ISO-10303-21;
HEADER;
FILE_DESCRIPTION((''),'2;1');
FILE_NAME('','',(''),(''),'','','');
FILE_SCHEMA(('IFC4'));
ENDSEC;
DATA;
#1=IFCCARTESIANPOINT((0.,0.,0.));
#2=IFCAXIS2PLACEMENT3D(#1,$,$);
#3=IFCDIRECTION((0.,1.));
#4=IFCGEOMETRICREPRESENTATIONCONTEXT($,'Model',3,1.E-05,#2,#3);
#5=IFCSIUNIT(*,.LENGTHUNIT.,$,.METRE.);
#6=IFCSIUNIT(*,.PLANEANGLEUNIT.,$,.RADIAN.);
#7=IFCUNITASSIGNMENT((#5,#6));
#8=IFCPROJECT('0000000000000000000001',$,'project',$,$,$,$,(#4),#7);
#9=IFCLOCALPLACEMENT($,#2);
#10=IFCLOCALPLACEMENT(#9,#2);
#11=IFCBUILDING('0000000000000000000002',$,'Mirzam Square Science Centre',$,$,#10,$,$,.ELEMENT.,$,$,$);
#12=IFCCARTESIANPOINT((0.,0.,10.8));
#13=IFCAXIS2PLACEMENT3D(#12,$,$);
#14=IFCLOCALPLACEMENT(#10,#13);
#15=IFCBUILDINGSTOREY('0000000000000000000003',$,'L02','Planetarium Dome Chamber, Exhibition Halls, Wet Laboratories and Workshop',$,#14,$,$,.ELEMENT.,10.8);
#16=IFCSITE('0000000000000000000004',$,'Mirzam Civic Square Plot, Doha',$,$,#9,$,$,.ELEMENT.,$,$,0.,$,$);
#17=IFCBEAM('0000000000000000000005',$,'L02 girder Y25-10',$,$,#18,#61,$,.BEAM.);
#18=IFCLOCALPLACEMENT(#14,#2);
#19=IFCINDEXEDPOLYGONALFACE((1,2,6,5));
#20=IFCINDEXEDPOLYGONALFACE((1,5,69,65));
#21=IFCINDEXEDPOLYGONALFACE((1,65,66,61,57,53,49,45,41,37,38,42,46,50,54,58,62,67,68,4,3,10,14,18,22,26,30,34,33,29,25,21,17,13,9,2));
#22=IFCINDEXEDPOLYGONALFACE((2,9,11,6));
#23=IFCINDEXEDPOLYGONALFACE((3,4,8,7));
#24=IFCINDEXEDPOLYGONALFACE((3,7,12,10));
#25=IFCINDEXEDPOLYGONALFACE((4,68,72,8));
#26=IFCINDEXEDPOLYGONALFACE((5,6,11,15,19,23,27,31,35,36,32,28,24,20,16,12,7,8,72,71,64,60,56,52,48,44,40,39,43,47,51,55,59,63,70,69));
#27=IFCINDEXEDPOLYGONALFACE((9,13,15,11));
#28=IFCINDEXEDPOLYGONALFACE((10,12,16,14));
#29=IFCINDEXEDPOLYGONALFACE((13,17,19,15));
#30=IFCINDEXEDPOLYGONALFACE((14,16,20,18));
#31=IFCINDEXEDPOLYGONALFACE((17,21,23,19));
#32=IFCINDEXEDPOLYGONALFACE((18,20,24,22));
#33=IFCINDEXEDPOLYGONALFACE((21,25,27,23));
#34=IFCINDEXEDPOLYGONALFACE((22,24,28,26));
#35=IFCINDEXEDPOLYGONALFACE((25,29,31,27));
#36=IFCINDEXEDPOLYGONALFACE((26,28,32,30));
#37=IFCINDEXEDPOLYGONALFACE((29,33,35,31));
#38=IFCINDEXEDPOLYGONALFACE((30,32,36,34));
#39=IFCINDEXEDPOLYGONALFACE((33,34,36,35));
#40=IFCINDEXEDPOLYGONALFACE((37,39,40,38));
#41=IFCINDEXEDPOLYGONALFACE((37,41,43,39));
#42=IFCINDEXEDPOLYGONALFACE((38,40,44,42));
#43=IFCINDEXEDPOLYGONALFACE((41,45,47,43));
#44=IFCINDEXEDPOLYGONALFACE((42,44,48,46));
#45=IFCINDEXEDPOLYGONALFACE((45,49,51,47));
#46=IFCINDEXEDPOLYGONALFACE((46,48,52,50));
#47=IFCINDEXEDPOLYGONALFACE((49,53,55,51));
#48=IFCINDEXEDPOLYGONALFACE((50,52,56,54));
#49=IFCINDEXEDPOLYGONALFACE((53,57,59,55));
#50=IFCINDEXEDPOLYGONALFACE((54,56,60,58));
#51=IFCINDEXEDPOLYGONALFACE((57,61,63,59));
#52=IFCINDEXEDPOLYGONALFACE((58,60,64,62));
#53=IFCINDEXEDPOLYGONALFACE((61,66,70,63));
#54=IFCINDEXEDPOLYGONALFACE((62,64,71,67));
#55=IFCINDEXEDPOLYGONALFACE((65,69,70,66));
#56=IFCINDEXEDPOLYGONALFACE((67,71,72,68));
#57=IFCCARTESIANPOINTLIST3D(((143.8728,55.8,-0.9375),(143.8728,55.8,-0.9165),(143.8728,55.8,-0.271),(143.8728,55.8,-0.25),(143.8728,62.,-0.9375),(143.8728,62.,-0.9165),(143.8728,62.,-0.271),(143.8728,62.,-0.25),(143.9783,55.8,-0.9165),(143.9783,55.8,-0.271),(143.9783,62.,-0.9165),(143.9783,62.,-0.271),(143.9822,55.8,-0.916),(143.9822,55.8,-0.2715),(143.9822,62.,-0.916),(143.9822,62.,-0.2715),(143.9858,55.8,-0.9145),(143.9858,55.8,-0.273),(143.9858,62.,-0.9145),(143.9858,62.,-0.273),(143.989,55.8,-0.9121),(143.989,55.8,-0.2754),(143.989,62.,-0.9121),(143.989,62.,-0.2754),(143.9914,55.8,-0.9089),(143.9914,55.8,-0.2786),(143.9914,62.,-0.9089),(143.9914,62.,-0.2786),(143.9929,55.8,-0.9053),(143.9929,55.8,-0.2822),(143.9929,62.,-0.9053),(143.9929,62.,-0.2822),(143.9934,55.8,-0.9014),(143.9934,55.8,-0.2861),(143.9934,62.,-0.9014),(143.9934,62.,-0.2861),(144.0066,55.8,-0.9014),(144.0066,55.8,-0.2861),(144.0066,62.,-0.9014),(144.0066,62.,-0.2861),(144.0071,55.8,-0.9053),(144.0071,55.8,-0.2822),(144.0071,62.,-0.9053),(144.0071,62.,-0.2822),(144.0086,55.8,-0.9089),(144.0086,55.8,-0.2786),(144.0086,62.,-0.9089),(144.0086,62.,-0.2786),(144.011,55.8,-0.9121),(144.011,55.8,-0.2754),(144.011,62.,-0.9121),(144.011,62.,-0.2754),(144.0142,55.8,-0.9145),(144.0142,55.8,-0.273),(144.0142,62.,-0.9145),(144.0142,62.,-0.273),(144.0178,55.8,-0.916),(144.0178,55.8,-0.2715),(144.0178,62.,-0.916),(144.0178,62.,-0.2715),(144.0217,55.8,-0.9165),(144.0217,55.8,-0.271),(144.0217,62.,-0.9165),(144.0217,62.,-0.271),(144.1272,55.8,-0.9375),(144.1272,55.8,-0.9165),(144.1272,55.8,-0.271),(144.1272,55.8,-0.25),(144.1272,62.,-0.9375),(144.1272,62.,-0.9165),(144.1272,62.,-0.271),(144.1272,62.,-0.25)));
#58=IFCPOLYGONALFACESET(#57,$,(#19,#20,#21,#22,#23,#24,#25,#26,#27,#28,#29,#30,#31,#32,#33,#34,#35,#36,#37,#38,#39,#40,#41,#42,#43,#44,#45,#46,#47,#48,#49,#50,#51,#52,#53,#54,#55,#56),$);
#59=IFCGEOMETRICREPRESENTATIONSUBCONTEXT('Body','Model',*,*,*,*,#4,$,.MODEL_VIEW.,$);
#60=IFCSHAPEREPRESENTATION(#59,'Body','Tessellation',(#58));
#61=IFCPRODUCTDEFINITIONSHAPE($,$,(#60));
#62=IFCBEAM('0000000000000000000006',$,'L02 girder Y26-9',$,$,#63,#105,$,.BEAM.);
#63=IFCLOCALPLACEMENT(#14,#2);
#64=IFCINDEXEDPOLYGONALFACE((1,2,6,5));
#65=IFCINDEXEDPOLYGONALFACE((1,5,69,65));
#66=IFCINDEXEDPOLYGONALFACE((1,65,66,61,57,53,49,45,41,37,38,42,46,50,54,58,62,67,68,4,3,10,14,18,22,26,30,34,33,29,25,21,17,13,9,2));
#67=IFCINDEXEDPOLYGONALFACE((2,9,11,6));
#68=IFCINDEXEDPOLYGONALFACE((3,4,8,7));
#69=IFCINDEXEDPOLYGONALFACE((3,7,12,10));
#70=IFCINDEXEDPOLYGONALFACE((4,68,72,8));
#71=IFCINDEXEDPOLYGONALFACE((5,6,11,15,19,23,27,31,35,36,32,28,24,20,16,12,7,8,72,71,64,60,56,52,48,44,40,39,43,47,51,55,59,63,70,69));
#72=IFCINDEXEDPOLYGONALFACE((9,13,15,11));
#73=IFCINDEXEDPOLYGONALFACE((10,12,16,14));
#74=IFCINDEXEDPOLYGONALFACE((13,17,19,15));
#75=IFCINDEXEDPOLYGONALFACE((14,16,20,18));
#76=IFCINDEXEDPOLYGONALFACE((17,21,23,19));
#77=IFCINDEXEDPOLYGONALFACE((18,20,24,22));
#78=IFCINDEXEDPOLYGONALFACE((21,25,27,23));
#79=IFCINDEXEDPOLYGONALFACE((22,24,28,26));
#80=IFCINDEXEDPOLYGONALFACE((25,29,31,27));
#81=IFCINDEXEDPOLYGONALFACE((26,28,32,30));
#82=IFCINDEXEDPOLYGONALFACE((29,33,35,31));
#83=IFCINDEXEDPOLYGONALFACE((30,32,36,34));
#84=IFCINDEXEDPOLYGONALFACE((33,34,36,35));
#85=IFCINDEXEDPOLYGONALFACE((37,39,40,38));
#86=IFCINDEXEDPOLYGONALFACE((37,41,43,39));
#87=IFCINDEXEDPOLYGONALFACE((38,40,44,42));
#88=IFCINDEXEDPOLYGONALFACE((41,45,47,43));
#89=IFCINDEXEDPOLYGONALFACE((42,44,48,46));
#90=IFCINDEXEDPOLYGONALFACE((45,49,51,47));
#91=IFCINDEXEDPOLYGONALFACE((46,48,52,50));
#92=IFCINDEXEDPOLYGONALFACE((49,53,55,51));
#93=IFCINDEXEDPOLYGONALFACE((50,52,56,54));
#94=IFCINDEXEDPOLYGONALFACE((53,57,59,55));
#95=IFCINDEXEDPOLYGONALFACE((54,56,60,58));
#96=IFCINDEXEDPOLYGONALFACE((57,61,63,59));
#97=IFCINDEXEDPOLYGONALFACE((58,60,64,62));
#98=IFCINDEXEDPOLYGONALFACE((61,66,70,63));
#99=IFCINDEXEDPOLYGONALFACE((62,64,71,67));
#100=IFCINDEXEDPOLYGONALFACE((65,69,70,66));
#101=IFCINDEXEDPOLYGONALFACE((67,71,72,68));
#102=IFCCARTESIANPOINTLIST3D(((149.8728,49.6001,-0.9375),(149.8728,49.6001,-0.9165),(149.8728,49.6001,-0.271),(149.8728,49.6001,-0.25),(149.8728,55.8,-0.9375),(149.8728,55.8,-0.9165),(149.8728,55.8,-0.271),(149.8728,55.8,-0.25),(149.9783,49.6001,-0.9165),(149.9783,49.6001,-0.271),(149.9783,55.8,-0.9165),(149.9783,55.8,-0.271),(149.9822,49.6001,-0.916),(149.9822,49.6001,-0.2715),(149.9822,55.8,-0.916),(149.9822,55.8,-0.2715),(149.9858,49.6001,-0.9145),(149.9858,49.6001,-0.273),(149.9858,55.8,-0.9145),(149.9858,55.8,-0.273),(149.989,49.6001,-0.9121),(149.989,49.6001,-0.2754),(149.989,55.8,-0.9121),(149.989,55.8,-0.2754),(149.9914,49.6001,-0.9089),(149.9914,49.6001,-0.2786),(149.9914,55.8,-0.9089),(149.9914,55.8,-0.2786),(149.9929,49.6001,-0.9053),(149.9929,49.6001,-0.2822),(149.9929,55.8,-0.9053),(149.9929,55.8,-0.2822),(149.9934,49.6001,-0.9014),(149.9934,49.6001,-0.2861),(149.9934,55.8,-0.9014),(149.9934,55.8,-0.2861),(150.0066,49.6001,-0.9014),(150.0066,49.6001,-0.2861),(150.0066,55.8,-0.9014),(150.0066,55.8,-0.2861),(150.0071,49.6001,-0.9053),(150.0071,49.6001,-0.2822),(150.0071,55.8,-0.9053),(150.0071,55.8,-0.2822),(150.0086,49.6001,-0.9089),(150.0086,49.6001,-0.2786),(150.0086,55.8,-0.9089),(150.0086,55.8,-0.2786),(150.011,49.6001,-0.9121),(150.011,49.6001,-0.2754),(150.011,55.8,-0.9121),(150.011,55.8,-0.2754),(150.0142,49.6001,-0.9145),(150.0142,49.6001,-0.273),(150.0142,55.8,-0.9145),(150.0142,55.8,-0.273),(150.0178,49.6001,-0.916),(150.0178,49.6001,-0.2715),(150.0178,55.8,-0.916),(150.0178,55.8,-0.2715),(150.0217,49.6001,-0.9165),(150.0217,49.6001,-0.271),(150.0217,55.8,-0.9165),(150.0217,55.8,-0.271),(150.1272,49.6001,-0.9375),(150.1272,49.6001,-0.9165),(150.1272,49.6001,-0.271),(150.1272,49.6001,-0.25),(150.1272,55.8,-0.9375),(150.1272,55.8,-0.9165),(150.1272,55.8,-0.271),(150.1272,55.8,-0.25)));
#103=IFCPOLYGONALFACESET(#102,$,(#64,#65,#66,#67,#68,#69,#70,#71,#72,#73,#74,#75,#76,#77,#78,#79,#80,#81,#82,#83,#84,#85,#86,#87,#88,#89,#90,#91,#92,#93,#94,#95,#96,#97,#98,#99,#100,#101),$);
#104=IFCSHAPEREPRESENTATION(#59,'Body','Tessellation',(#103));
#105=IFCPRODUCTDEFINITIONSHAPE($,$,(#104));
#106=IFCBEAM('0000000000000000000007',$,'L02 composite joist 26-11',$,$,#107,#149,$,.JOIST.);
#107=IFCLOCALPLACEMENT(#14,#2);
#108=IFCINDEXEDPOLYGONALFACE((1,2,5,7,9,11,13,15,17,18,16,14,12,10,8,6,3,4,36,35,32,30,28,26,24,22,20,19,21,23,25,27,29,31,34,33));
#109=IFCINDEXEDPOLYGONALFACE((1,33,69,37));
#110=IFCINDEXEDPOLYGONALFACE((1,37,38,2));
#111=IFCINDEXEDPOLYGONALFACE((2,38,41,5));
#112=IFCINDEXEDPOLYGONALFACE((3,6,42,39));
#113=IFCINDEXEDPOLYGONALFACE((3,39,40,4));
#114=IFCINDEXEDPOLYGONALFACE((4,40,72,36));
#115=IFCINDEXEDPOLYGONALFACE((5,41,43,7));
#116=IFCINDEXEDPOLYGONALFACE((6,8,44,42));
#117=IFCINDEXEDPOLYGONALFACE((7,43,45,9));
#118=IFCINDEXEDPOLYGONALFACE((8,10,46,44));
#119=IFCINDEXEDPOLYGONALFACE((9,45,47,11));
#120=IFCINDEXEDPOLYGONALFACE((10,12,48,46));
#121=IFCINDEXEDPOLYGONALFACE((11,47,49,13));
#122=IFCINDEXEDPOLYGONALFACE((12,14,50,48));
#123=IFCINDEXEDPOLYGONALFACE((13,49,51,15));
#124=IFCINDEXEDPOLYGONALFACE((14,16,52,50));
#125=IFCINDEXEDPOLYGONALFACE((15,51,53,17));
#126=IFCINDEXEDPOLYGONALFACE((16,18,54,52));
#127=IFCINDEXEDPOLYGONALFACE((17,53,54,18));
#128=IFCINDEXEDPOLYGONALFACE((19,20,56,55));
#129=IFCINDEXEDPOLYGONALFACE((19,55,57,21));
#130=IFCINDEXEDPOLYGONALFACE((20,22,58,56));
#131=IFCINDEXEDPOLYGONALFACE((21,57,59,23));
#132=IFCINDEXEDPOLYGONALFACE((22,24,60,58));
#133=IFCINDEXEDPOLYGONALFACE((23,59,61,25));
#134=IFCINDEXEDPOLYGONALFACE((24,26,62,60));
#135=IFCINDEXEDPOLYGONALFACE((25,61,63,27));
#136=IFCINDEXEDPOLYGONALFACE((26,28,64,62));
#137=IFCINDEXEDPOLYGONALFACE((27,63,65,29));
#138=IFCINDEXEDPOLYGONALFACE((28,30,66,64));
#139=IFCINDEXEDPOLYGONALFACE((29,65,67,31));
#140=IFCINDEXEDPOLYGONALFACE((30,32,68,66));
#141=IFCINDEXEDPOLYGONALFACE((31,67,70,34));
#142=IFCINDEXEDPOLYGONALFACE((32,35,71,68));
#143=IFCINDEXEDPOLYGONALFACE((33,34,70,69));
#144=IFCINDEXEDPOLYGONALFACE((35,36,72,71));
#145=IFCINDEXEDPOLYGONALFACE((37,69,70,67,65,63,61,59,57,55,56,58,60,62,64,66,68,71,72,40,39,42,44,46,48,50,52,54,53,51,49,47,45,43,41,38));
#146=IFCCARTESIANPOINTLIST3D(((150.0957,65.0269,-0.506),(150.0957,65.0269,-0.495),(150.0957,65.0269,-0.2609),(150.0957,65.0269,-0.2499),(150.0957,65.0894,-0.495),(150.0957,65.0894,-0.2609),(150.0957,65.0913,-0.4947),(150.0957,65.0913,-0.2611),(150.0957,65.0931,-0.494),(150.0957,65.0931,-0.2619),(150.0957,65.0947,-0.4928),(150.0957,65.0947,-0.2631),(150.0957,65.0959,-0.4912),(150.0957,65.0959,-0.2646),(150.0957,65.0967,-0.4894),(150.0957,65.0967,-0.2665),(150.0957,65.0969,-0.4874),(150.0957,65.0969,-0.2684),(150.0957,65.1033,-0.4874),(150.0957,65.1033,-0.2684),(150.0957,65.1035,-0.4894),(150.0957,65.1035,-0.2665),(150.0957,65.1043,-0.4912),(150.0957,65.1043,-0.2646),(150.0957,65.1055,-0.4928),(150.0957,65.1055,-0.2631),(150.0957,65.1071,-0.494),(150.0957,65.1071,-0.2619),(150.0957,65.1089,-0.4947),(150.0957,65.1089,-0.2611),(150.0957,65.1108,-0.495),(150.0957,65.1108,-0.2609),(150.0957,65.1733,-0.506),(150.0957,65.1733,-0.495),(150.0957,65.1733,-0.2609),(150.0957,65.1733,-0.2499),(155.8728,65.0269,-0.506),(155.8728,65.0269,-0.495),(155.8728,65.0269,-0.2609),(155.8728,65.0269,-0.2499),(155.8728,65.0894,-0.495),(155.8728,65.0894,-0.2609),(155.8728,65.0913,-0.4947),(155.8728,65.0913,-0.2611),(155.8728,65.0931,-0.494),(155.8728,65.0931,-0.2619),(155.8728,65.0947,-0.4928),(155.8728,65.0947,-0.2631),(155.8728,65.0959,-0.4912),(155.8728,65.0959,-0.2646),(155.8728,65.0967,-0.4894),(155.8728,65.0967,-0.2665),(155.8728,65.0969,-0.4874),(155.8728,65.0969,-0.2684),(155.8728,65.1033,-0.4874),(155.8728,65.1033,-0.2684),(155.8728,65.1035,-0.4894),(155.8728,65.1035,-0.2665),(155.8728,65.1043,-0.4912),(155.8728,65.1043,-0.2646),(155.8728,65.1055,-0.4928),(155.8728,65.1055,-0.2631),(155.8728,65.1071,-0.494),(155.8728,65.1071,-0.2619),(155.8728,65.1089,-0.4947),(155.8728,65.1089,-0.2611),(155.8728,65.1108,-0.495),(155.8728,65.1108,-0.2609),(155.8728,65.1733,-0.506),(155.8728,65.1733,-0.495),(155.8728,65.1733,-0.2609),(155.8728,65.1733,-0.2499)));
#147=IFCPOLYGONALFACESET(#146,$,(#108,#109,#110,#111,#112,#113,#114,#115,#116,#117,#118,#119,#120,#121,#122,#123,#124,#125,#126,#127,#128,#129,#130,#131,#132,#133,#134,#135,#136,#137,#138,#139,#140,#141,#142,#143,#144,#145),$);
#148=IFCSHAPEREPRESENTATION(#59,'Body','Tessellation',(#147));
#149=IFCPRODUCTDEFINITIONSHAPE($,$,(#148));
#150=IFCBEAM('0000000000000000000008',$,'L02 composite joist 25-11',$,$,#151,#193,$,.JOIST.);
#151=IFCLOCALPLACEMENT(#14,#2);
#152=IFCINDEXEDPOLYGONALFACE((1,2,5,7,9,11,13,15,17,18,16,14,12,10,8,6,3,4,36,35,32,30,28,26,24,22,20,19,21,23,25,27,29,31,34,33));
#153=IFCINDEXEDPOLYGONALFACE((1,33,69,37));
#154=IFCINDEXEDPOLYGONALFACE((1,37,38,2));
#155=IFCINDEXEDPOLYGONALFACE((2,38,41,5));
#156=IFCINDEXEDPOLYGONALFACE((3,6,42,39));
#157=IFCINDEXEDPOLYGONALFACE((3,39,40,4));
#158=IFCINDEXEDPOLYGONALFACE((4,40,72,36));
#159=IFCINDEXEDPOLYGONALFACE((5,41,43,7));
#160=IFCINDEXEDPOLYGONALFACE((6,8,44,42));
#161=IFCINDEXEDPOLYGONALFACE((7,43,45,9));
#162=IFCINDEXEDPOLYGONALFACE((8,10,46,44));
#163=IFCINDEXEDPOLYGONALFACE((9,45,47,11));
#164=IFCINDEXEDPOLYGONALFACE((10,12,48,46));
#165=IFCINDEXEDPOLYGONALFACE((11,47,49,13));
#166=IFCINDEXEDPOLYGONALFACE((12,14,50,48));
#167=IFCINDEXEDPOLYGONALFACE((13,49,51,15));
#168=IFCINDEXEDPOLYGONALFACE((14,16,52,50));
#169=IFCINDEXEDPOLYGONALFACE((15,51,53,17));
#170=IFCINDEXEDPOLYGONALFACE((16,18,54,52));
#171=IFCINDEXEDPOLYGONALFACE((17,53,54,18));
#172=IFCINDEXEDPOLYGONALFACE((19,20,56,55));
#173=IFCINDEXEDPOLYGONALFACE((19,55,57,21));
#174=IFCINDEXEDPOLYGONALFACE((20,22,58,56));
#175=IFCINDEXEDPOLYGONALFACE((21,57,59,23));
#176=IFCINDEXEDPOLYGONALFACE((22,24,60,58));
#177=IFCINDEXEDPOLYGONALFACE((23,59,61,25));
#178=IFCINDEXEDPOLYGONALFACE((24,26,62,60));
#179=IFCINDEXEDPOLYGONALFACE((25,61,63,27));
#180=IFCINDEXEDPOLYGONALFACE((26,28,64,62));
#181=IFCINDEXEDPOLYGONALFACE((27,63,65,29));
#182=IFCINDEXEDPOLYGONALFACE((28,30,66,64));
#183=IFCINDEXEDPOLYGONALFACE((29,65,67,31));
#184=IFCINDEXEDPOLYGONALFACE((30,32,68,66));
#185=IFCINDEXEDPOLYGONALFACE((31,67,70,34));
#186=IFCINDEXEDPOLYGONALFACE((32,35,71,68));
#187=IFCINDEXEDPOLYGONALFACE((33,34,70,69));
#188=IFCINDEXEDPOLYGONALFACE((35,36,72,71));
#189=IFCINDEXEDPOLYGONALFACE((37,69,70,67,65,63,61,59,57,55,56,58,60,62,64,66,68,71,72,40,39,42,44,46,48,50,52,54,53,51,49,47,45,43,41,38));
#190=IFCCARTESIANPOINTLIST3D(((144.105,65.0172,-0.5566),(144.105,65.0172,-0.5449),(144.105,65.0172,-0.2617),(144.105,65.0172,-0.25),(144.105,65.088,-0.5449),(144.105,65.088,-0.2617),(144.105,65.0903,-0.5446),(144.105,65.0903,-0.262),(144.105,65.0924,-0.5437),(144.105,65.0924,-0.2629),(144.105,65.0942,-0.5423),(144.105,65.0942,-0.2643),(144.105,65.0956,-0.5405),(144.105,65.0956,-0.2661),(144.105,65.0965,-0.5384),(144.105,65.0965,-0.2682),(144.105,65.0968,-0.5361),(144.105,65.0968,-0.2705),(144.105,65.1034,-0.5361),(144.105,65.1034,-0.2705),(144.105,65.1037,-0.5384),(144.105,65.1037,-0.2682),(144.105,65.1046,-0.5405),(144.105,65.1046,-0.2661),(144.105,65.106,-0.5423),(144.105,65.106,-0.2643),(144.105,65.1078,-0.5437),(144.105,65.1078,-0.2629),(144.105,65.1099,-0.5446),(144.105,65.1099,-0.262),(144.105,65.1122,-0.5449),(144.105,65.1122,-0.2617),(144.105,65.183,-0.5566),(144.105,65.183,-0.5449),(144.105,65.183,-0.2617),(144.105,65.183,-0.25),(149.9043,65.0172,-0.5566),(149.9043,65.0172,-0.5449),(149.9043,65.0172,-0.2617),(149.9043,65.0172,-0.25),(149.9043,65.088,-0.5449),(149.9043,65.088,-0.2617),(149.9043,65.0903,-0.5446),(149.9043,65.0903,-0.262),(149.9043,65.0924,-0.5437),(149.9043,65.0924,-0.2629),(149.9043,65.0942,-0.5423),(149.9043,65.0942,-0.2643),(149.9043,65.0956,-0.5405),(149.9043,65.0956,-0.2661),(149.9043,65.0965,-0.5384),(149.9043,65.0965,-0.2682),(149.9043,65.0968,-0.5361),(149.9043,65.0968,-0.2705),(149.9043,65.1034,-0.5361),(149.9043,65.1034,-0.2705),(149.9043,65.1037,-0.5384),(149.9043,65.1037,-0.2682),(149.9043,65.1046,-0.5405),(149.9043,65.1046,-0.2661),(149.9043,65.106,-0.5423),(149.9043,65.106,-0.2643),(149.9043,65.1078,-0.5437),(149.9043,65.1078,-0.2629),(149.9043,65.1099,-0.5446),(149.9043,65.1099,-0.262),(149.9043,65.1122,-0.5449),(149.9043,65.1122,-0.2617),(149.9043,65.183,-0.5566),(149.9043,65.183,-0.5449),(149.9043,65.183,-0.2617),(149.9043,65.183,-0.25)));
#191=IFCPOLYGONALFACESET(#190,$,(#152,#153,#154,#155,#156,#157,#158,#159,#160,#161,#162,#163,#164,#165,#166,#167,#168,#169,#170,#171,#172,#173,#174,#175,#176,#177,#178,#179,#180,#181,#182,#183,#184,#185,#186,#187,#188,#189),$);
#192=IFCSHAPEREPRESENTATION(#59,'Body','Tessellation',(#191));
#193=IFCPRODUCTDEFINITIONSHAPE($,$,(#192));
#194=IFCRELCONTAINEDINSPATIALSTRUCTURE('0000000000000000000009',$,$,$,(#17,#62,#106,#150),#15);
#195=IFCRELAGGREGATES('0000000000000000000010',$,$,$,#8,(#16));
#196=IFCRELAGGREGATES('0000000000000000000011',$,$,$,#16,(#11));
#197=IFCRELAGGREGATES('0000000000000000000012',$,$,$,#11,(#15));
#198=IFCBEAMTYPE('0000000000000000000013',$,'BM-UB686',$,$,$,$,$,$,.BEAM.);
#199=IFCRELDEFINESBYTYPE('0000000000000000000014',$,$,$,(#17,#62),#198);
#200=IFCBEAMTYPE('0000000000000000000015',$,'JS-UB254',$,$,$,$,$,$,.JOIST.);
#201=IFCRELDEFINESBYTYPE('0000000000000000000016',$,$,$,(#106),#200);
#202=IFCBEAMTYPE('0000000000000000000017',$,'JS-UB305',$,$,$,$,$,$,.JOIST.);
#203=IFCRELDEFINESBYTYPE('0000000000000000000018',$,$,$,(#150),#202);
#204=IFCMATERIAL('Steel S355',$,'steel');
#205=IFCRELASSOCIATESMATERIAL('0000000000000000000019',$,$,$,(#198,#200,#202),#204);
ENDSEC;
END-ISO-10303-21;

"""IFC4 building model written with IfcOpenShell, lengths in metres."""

from ifc_helpers import new_model, si_unit, direction, frame, origin, origin_2d, place, context, subcontext, project, spatial, i_section, extrude, material, material_profile, profile_set, type_object, element, save


model = new_model("IFC4")

# Units and contexts
model_context = context("Model", 3, precision=1e-05, world=origin(), true_north=direction((0.0, 1.0)))
body_context = subcontext(model_context, "Body", "Model", "MODEL_VIEW")
ifc_project = project(units=[si_unit("LENGTHUNIT", "METRE"), si_unit("PLANEANGLEUNIT", "RADIAN")], contexts=[model_context])

# Site, building, storey
site_placement = place(None, origin())
site = spatial("IfcSite", under=ifc_project, at=site_placement, Name="Mirzam Civic Square Plot, Doha", CompositionType="ELEMENT", RefElevation=0.0)
building_placement = place(site_placement, origin())
building = spatial("IfcBuilding", under=site, at=building_placement, Name="Mirzam Square Science Centre", CompositionType="ELEMENT")
storey_placement = place(building_placement, frame((0.0, 0.0, 10.8)))
storey = spatial("IfcBuildingStorey", under=building, at=storey_placement, Name="L02", Description="Planetarium Dome Chamber, Exhibition Halls, Wet Laboratories and Workshop", CompositionType="ELEMENT", Elevation=10.8)

# Shared definitions
ifc_material_1 = material(Name="Steel S355", Category="steel")

# Beams
ifc_material_profile_1 = material_profile(ifc_material_1, i_section(OverallWidth=0.2544, OverallDepth=0.6875, WebThickness=0.0132, FlangeThickness=0.021, FilletRadius=0.0151, at=origin_2d()), Name="686x254x152UB")
ifc_profile_set_1 = profile_set([ifc_material_profile_1], Name="Steel S355")
beam_type_1 = type_object("IfcBeamType", Name="BM-UB686", PredefinedType="BEAM", material=ifc_profile_set_1)
for number, where, z_axis, x_axis, name in (
    (1, (144.0, 55.8, -0.5938), (0.0, 1.0, 0.0), (-1.0, 0.0, 0.0), "L02 girder Y25-10"),
    (2, (150.0, 49.6001, -0.5938), (0.0, 1.0, 0.0), (-1.0, 0.0, 0.0), "L02 girder Y26-9"),
):
    element("IfcBeam", number, at=place(storey_placement, frame(where, z_axis=z_axis, x_axis=x_axis)), inside=storey, type_object=beam_type_1, Name=name, PredefinedType="BEAM", context=body_context, shape_type="SweptSolid", body=[
        extrude(i_section(OverallWidth=0.2544, OverallDepth=0.6875, WebThickness=0.0132, FlangeThickness=0.021, FilletRadius=0.0151, at=origin_2d()), origin(), (0.0, 0.0, 1.0), 6.2),
    ])
ifc_material_profile_2 = material_profile(ifc_material_1, i_section(OverallWidth=0.1465, OverallDepth=0.2561, WebThickness=0.0063, FlangeThickness=0.011, FilletRadius=0.0076, at=origin_2d()), Name="254x146x37UB")
ifc_profile_set_2 = profile_set([ifc_material_profile_2], Name="Steel S355")
beam_type_2 = type_object("IfcBeamType", Name="JS-UB254", PredefinedType="JOIST", material=ifc_profile_set_2)
beam_1_placement = place(storey_placement, frame((150.0957, 65.1001, -0.3779), z_axis=(1.0, 0.0, 0.0), x_axis=(0.0, 1.0, 0.0)))
element("IfcBeam", 3, at=beam_1_placement, inside=storey, type_object=beam_type_2, Name="L02 composite joist 26-11", PredefinedType="JOIST", context=body_context, shape_type="SweptSolid", body=[
    extrude(i_section(OverallWidth=0.1465, OverallDepth=0.2561, WebThickness=0.0063, FlangeThickness=0.011, FilletRadius=0.0076, at=origin_2d()), origin(), (0.0, 0.0, 1.0), 5.7771),
])
ifc_material_profile_3 = material_profile(ifc_material_1, i_section(OverallWidth=0.1658, OverallDepth=0.3066, WebThickness=0.0066, FlangeThickness=0.0117, FilletRadius=0.0088, at=origin_2d()), Name="305x165x46UB")
ifc_profile_set_3 = profile_set([ifc_material_profile_3], Name="Steel S355")
beam_type_3 = type_object("IfcBeamType", Name="JS-UB305", PredefinedType="JOIST", material=ifc_profile_set_3)
beam_2_placement = place(storey_placement, frame((144.105, 65.1001, -0.4033), z_axis=(1.0, 0.0, 0.0), x_axis=(0.0, 1.0, 0.0)))
element("IfcBeam", 4, at=beam_2_placement, inside=storey, type_object=beam_type_3, Name="L02 composite joist 25-11", PredefinedType="JOIST", context=body_context, shape_type="SweptSolid", body=[
    extrude(i_section(OverallWidth=0.1658, OverallDepth=0.3066, WebThickness=0.0066, FlangeThickness=0.0117, FilletRadius=0.0088, at=origin_2d()), origin(), (0.0, 0.0, 1.0), 5.7993),
])

save(model, "model.ifc")
